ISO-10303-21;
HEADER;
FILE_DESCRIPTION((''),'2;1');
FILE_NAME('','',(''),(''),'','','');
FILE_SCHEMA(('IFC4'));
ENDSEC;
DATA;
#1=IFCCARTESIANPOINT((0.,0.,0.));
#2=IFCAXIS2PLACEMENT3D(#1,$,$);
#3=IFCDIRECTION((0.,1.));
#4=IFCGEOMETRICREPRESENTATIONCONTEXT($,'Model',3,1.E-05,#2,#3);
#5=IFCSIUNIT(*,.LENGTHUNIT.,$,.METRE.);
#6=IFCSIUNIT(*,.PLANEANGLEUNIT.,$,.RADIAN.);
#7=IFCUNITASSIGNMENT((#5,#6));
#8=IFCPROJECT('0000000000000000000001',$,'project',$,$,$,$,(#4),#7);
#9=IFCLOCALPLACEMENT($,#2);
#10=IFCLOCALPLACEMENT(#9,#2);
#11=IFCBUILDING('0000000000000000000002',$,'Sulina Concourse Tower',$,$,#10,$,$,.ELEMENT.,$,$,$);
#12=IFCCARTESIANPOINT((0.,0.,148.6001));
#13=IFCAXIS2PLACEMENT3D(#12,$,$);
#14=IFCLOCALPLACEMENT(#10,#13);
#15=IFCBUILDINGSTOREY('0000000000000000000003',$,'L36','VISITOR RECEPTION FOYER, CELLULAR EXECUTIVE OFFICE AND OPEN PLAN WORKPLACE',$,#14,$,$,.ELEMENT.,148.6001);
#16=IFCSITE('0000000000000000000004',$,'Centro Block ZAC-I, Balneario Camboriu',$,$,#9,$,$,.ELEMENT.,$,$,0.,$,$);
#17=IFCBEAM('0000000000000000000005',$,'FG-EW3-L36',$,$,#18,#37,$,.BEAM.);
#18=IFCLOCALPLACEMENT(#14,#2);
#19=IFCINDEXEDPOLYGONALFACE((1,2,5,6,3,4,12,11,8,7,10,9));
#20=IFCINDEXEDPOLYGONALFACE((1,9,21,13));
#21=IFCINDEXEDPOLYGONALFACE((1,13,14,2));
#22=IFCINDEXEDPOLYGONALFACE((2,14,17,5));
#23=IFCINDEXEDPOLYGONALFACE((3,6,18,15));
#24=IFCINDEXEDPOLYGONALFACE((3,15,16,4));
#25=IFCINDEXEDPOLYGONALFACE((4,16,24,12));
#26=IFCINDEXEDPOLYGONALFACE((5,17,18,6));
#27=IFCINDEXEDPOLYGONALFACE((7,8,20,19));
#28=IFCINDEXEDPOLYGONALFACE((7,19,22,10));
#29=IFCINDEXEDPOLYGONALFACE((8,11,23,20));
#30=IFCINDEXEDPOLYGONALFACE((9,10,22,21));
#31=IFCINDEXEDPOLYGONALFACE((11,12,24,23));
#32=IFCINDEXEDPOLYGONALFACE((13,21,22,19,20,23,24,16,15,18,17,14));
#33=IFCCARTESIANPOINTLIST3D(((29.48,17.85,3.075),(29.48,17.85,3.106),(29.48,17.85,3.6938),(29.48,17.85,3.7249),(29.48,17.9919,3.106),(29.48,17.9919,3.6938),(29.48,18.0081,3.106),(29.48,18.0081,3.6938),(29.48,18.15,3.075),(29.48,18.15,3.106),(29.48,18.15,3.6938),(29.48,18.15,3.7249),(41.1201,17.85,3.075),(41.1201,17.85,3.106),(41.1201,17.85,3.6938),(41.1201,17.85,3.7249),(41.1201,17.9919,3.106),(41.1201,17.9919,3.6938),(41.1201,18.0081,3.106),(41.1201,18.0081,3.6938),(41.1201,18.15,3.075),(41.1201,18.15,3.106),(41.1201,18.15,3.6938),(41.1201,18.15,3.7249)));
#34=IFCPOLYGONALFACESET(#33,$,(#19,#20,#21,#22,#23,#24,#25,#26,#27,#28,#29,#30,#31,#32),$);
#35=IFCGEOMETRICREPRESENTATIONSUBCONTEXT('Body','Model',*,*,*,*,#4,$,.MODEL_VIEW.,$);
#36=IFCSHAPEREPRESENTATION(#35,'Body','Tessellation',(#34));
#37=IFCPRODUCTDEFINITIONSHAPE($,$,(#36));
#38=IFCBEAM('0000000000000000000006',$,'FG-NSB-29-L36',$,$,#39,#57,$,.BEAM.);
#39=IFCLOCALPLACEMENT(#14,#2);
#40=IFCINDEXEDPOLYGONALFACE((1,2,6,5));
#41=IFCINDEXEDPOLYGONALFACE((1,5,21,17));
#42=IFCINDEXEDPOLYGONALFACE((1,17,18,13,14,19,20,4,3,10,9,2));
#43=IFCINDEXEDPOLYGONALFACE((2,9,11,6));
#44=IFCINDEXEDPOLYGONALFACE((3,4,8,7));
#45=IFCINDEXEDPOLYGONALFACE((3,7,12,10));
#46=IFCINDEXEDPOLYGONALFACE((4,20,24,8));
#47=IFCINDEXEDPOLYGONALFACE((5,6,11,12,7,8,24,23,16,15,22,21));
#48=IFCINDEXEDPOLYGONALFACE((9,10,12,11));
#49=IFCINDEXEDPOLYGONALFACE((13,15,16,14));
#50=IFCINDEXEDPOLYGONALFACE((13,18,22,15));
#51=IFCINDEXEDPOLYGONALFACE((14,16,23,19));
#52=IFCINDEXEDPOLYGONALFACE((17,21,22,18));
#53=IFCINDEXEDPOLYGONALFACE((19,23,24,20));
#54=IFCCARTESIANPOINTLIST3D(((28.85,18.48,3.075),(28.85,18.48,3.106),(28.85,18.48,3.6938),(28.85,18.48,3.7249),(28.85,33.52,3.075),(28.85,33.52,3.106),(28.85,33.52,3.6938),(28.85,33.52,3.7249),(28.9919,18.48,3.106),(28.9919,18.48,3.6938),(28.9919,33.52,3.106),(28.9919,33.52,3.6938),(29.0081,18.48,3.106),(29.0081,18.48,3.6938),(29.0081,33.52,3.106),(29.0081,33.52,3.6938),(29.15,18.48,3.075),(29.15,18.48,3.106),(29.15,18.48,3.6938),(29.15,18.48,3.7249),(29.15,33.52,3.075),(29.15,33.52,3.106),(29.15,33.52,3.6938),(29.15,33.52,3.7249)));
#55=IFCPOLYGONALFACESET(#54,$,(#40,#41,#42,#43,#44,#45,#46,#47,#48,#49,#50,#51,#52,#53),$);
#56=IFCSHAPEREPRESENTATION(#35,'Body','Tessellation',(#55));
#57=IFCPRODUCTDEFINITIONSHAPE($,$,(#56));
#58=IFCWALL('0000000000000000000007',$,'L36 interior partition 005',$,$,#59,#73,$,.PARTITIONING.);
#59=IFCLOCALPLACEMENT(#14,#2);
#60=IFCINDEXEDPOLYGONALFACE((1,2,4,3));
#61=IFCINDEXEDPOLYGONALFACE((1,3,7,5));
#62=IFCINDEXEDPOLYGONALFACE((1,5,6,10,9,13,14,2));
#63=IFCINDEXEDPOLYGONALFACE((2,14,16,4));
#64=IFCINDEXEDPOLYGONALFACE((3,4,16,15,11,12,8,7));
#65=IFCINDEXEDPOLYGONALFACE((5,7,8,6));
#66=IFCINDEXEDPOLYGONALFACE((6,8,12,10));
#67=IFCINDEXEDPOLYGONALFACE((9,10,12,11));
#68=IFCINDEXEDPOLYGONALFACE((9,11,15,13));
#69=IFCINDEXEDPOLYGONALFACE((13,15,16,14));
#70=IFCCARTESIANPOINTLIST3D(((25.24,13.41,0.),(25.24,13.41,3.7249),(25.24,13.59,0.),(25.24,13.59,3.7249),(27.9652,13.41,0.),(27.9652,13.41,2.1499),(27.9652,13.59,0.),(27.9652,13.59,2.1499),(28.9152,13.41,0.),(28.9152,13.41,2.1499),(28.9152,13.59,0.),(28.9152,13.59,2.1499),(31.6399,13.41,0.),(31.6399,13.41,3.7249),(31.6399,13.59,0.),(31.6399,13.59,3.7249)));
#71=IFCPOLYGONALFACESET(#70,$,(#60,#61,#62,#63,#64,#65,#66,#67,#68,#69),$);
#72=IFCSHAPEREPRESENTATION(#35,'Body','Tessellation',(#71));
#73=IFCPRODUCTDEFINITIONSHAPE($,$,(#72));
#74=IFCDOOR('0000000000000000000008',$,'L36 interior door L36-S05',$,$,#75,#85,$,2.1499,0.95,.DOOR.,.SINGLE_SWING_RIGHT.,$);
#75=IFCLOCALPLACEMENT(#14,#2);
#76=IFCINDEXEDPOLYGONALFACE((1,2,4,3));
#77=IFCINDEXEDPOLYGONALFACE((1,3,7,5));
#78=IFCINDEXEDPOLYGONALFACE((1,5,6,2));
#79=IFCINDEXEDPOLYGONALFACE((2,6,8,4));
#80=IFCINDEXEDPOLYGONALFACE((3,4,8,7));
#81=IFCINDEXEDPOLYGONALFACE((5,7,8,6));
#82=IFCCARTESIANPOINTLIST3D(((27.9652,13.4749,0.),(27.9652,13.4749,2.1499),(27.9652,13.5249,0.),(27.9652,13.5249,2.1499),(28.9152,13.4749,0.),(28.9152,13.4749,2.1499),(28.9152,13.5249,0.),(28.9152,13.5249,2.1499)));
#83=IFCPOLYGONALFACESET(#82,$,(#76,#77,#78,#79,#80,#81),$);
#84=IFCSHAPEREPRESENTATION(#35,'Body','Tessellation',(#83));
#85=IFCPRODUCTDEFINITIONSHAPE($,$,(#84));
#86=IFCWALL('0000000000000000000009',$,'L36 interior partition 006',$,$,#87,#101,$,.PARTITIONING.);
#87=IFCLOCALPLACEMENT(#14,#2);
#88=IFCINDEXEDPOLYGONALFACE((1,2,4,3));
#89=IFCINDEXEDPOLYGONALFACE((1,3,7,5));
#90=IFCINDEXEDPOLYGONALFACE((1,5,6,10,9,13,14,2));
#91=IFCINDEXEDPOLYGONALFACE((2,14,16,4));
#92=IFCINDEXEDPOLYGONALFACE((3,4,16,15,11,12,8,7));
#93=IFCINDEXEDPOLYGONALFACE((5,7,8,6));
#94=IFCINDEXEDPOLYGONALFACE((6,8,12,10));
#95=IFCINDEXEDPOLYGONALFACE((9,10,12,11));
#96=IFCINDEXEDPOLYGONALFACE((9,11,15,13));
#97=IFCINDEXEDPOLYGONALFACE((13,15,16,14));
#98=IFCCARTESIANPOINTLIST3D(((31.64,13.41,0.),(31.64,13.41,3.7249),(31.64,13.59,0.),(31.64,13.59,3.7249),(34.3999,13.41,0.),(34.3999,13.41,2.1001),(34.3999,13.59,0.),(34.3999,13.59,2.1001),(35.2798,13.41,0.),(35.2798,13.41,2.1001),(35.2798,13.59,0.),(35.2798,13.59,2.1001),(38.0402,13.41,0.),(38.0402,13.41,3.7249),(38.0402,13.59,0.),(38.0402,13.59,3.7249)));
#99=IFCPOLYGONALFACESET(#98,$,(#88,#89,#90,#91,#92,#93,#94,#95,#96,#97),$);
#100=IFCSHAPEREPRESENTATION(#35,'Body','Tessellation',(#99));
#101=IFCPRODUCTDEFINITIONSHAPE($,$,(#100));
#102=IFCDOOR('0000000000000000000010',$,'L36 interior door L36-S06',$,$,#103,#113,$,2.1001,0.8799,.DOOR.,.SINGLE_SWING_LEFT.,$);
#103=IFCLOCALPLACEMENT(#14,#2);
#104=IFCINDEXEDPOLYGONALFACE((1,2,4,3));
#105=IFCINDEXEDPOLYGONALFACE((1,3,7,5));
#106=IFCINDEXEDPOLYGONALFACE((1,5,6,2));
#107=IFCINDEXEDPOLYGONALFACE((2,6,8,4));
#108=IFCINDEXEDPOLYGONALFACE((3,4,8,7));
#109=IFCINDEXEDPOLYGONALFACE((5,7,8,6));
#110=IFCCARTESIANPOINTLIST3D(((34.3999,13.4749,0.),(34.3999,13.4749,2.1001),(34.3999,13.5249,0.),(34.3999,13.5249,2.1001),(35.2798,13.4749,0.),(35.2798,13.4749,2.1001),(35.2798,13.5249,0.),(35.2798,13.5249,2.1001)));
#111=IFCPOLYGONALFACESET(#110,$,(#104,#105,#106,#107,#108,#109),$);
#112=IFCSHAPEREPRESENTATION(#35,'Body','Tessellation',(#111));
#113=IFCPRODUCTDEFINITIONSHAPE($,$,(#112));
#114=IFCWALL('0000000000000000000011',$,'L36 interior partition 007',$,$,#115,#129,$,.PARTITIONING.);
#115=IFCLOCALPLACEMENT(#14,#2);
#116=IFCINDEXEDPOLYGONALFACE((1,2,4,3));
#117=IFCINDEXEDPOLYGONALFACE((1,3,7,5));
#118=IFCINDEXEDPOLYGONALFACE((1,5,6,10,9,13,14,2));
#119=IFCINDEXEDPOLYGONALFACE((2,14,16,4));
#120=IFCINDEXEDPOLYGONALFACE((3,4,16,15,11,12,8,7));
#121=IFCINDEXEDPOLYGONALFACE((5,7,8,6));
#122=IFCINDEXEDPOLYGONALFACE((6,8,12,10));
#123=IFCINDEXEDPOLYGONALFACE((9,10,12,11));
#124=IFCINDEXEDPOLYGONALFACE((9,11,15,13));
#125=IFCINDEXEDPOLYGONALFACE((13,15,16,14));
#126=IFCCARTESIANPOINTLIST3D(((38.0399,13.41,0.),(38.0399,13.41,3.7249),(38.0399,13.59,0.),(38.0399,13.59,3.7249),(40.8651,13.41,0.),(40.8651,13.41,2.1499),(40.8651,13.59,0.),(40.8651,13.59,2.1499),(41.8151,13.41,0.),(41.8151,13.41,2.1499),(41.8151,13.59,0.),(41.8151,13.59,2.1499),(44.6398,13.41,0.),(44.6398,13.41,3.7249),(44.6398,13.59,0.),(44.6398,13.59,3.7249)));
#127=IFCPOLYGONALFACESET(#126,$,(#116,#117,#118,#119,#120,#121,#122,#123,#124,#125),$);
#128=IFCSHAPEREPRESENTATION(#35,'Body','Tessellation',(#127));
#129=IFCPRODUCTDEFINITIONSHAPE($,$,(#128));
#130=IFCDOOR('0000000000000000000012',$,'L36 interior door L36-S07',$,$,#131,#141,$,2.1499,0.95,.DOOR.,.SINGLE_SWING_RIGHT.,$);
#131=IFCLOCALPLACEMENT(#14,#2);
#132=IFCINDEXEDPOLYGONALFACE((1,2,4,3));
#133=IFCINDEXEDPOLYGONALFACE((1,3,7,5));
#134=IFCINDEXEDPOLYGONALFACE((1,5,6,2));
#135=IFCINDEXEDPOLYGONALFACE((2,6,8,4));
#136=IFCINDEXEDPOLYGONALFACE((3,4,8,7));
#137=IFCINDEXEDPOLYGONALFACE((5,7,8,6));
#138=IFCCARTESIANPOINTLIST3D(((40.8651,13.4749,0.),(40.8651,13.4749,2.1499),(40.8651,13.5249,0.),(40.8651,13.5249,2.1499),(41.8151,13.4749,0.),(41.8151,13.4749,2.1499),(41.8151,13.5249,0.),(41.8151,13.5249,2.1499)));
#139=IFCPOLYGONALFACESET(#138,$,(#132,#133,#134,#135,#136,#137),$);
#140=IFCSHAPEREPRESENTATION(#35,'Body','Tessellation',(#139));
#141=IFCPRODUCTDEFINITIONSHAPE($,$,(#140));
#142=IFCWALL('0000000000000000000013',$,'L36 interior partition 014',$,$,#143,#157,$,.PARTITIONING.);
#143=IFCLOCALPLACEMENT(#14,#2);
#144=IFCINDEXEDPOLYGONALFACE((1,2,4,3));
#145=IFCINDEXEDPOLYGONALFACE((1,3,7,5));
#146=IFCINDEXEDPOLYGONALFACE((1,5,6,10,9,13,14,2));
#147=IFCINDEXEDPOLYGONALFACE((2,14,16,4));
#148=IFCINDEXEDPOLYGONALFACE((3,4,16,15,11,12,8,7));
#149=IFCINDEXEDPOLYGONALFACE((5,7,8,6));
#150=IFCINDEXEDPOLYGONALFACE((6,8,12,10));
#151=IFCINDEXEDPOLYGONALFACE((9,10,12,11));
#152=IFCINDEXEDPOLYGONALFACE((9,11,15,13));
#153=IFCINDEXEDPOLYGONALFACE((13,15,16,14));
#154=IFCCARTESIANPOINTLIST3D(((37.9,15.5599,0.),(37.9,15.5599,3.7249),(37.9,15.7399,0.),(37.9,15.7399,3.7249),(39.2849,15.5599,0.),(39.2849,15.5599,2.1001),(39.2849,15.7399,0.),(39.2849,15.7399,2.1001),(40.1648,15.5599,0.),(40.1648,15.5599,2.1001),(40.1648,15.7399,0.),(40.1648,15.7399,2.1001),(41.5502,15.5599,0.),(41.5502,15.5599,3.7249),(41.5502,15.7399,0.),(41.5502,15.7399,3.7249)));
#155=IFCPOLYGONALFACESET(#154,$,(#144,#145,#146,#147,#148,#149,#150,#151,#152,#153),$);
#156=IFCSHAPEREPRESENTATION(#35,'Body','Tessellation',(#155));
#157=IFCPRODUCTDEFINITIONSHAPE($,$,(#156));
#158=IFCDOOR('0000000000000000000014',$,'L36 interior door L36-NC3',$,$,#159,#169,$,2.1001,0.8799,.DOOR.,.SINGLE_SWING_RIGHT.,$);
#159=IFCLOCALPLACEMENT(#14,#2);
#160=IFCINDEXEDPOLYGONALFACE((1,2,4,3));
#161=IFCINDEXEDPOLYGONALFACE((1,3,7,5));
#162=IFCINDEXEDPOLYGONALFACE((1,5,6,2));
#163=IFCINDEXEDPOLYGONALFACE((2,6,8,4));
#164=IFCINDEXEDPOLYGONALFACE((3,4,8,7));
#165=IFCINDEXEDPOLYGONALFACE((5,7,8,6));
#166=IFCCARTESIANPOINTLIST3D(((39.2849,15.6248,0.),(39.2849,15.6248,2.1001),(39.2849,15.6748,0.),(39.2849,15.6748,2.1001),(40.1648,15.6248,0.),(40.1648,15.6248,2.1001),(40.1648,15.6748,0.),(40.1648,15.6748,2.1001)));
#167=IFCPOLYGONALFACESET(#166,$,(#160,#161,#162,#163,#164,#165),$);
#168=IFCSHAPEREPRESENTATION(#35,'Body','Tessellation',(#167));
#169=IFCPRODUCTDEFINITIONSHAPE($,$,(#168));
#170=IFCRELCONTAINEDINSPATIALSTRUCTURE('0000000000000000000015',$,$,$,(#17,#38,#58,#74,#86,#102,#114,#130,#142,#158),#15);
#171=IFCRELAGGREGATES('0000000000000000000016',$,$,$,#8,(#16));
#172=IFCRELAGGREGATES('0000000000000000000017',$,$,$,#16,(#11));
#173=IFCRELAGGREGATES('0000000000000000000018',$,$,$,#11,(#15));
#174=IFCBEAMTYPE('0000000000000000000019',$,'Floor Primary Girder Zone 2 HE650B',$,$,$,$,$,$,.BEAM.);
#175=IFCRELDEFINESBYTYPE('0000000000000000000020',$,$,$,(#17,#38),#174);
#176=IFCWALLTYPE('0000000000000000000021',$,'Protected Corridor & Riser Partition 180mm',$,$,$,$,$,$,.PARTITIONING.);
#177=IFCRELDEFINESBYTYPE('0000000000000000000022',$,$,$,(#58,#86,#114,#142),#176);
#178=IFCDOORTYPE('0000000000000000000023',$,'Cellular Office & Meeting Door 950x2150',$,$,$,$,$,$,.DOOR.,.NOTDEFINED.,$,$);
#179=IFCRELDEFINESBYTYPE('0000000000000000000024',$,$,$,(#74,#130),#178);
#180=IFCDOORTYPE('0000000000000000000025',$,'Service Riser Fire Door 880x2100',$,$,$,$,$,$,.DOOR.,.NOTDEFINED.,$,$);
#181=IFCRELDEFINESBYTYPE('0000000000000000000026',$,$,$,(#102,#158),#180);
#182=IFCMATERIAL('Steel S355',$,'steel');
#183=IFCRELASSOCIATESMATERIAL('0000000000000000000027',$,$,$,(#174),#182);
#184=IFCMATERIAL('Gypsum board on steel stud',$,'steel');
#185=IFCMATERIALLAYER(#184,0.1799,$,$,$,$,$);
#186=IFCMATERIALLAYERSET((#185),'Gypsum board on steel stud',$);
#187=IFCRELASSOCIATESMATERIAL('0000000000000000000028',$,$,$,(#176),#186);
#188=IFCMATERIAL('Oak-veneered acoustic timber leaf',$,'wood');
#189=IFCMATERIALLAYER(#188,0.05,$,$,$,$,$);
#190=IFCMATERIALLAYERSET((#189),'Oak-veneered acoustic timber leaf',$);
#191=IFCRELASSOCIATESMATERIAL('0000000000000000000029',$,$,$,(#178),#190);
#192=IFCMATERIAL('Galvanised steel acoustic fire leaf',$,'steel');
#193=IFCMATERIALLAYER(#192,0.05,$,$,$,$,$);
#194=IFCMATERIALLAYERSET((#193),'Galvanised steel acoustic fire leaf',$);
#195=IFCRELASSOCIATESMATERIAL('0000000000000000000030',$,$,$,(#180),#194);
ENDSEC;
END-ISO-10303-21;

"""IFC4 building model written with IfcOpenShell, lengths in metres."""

from ifc_helpers import new_model, si_unit, direction, frame, frame_2d, origin, origin_2d, place, context, subcontext, project, spatial, rectangle, i_section, extrude, material, layer, layer_set, material_profile, profile_set, type_object, element, fill, save


model = new_model("IFC4")

# Units and contexts
model_context = context("Model", 3, precision=1e-05, world=origin(), true_north=direction((0.0, 1.0)))
body_context = subcontext(model_context, "Body", "Model", "MODEL_VIEW")
ifc_project = project(units=[si_unit("LENGTHUNIT", "METRE"), si_unit("PLANEANGLEUNIT", "RADIAN")], contexts=[model_context])

# Site, building, storey
site_placement = place(None, origin())
site = spatial("IfcSite", under=ifc_project, at=site_placement, Name="Centro Block ZAC-I, Balneario Camboriu", CompositionType="ELEMENT", RefElevation=0.0)
building_placement = place(site_placement, origin())
building = spatial("IfcBuilding", under=site, at=building_placement, Name="Sulina Concourse Tower", CompositionType="ELEMENT")
storey_placement = place(building_placement, frame((0.0, 0.0, 148.6001)))
storey = spatial("IfcBuildingStorey", under=building, at=storey_placement, Name="L36", Description="VISITOR RECEPTION FOYER, CELLULAR EXECUTIVE OFFICE AND OPEN PLAN WORKPLACE", CompositionType="ELEMENT", Elevation=148.6001)

# Beams
ifc_material_1 = material(Name="Steel S355", Category="steel")
ifc_material_profile_1 = material_profile(ifc_material_1, i_section(OverallWidth=0.3, OverallDepth=0.6499, WebThickness=0.0161, FlangeThickness=0.031, at=origin_2d()), Name="HE 650 B")
ifc_profile_set_1 = profile_set([ifc_material_profile_1], Name="Steel S355")
beam_type_1 = type_object("IfcBeamType", Name="Floor Primary Girder Zone 2 HE650B", PredefinedType="BEAM", material=ifc_profile_set_1)
beam_1_placement = place(storey_placement, frame((29.48, 18.0, 3.3999), z_axis=(1.0, 0.0, 0.0), x_axis=(0.0, 1.0, 0.0)))
element("IfcBeam", 1, at=beam_1_placement, inside=storey, type_object=beam_type_1, Name="FG-EW3-L36", PredefinedType="BEAM", context=body_context, shape_type="SweptSolid", body=[
    extrude(i_section(OverallWidth=0.3, OverallDepth=0.6499, WebThickness=0.0161, FlangeThickness=0.031, at=origin_2d()), origin(), (0.0, 0.0, 1.0), 11.6401),
])
beam_2_placement = place(storey_placement, frame((29.0, 18.48, 3.3999), z_axis=(0.0, 1.0, 0.0), x_axis=(-1.0, 0.0, 0.0)))
element("IfcBeam", 2, at=beam_2_placement, inside=storey, type_object=beam_type_1, Name="FG-NSB-29-L36", PredefinedType="BEAM", context=body_context, shape_type="SweptSolid", body=[
    extrude(i_section(OverallWidth=0.3, OverallDepth=0.6499, WebThickness=0.0161, FlangeThickness=0.031, at=origin_2d()), origin(), (0.0, 0.0, 1.0), 15.04),
])

# Walls, openings, doors
ifc_material_2 = material(Name="Gypsum board on steel stud", Category="steel")
ifc_layer_1 = layer(ifc_material_2, 0.1799)
ifc_layer_set_1 = layer_set([ifc_layer_1], Name="Gypsum board on steel stud")
wall_type = type_object("IfcWallType", Name="Protected Corridor & Riser Partition 180mm", PredefinedType="PARTITIONING", material=ifc_layer_set_1)
wall_1_placement = place(storey_placement, frame((25.24, 13.5, 0.0), z_axis=(0.0, 0.0, 1.0), x_axis=(1.0, 0.0, 0.0)))
wall_1 = element("IfcWall", 3, at=wall_1_placement, inside=storey, type_object=wall_type, Name="L36 interior partition 005", PredefinedType="PARTITIONING", context=body_context, shape_type="SweptSolid", body=[
    extrude(rectangle(XDim=6.3999, YDim=0.1799, at=frame_2d((3.2, 0.0))), origin(), (0.0, 0.0, 1.0), 3.7249),
])
opening_1_placement = place(wall_1_placement, frame((2.7251, 0.0, 0.0)))
opening_1 = element("IfcOpeningElement", 4, at=opening_1_placement, cuts=wall_1, PredefinedType="OPENING", context=body_context, shape_type="SweptSolid", body=[
    extrude(rectangle(XDim=0.95, YDim=2.1499, at=frame_2d((0.4751, 1.075))), frame((0.0, 0.0999, 0.0), z_axis=(0.0, -1.0, 0.0), x_axis=(1.0, 0.0, 0.0)), (0.0, 0.0, 1.0), 0.2),
])
ifc_material_3 = material(Name="Oak-veneered acoustic timber leaf", Category="wood")
ifc_layer_2 = layer(ifc_material_3, 0.05)
ifc_layer_set_2 = layer_set([ifc_layer_2], Name="Oak-veneered acoustic timber leaf")
door_type_1 = type_object("IfcDoorType", Name="Cellular Office & Meeting Door 950x2150", OperationType="NOTDEFINED", PredefinedType="DOOR", material=ifc_layer_set_2)
door_1_placement = place(opening_1_placement, origin())
door_1 = element("IfcDoor", 5, at=door_1_placement, inside=storey, type_object=door_type_1, Name="L36 interior door L36-S05", OperationType="SINGLE_SWING_RIGHT", OverallHeight=2.1499, OverallWidth=0.95, PredefinedType="DOOR", context=body_context, shape_type="SweptSolid", body=[
    extrude(rectangle(XDim=0.95, YDim=2.1499, at=frame_2d((0.4751, 1.075))), frame((0.0, 0.0249, 0.0), z_axis=(0.0, -1.0, 0.0), x_axis=(1.0, 0.0, 0.0)), (0.0, 0.0, 1.0), 0.05),
])
fill(opening_1, door_1)
wall_2_placement = place(storey_placement, frame((31.6399, 13.5, 0.0), z_axis=(0.0, 0.0, 1.0), x_axis=(1.0, 0.0, 0.0)))
wall_2 = element("IfcWall", 6, at=wall_2_placement, inside=storey, type_object=wall_type, Name="L36 interior partition 006", PredefinedType="PARTITIONING", context=body_context, shape_type="SweptSolid", body=[
    extrude(rectangle(XDim=6.4001, YDim=0.1799, at=frame_2d((3.2002, 0.0))), origin(), (0.0, 0.0, 1.0), 3.7249),
])
opening_2_placement = place(wall_2_placement, frame((2.76, 0.0, 0.0)))
opening_2 = element("IfcOpeningElement", 7, at=opening_2_placement, cuts=wall_2, PredefinedType="OPENING", context=body_context, shape_type="SweptSolid", body=[
    extrude(rectangle(XDim=0.8799, YDim=2.1001, at=frame_2d((0.4399, 1.05))), frame((0.0, 0.0999, 0.0), z_axis=(0.0, -1.0, 0.0), x_axis=(1.0, 0.0, 0.0)), (0.0, 0.0, 1.0), 0.2),
])
ifc_material_4 = material(Name="Galvanised steel acoustic fire leaf", Category="steel")
ifc_layer_3 = layer(ifc_material_4, 0.05)
ifc_layer_set_3 = layer_set([ifc_layer_3], Name="Galvanised steel acoustic fire leaf")
door_type_2 = type_object("IfcDoorType", Name="Service Riser Fire Door 880x2100", OperationType="NOTDEFINED", PredefinedType="DOOR", material=ifc_layer_set_3)
door_2_placement = place(opening_2_placement, origin())
door_2 = element("IfcDoor", 8, at=door_2_placement, inside=storey, type_object=door_type_2, Name="L36 interior door L36-S06", OperationType="SINGLE_SWING_LEFT", OverallHeight=2.1001, OverallWidth=0.8799, PredefinedType="DOOR", context=body_context, shape_type="SweptSolid", body=[
    extrude(rectangle(XDim=0.8799, YDim=2.1001, at=frame_2d((0.4399, 1.05))), frame((0.0, 0.0249, 0.0), z_axis=(0.0, -1.0, 0.0), x_axis=(1.0, 0.0, 0.0)), (0.0, 0.0, 1.0), 0.05),
])
fill(opening_2, door_2)
wall_3_placement = place(storey_placement, frame((38.04, 13.5, 0.0), z_axis=(0.0, 0.0, 1.0), x_axis=(1.0, 0.0, 0.0)))
wall_3 = element("IfcWall", 9, at=wall_3_placement, inside=storey, type_object=wall_type, Name="L36 interior partition 007", PredefinedType="PARTITIONING", context=body_context, shape_type="SweptSolid", body=[
    extrude(rectangle(XDim=6.5999, YDim=0.1799, at=frame_2d((3.2998, 0.0))), origin(), (0.0, 0.0, 1.0), 3.7249),
])
opening_3_placement = place(wall_3_placement, frame((2.825, 0.0, 0.0)))
opening_3 = element("IfcOpeningElement", 10, at=opening_3_placement, cuts=wall_3, PredefinedType="OPENING", context=body_context, shape_type="SweptSolid", body=[
    extrude(rectangle(XDim=0.95, YDim=2.1499, at=frame_2d((0.4751, 1.075))), frame((0.0, 0.0999, 0.0), z_axis=(0.0, -1.0, 0.0), x_axis=(1.0, 0.0, 0.0)), (0.0, 0.0, 1.0), 0.2),
])
door_3_placement = place(opening_3_placement, origin())
door_3 = element("IfcDoor", 11, at=door_3_placement, inside=storey, type_object=door_type_1, Name="L36 interior door L36-S07", OperationType="SINGLE_SWING_RIGHT", OverallHeight=2.1499, OverallWidth=0.95, PredefinedType="DOOR", context=body_context, shape_type="SweptSolid", body=[
    extrude(rectangle(XDim=0.95, YDim=2.1499, at=frame_2d((0.4751, 1.075))), frame((0.0, 0.0249, 0.0), z_axis=(0.0, -1.0, 0.0), x_axis=(1.0, 0.0, 0.0)), (0.0, 0.0, 1.0), 0.05),
])
fill(opening_3, door_3)
wall_4_placement = place(storey_placement, frame((37.8999, 15.6499, 0.0), z_axis=(0.0, 0.0, 1.0), x_axis=(1.0, 0.0, 0.0)))
wall_4 = element("IfcWall", 12, at=wall_4_placement, inside=storey, type_object=wall_type, Name="L36 interior partition 014", PredefinedType="PARTITIONING", context=body_context, shape_type="SweptSolid", body=[
    extrude(rectangle(XDim=3.6501, YDim=0.1799, at=frame_2d((1.8252, 0.0))), origin(), (0.0, 0.0, 1.0), 3.7249),
])
opening_4_placement = place(wall_4_placement, frame((1.385, 0.0, 0.0)))
opening_4 = element("IfcOpeningElement", 13, at=opening_4_placement, cuts=wall_4, PredefinedType="OPENING", context=body_context, shape_type="SweptSolid", body=[
    extrude(rectangle(XDim=0.8799, YDim=2.1001, at=frame_2d((0.4399, 1.05))), frame((0.0, 0.0999, 0.0), z_axis=(0.0, -1.0, 0.0), x_axis=(1.0, 0.0, 0.0)), (0.0, 0.0, 1.0), 0.2),
])
door_4_placement = place(opening_4_placement, origin())
door_4 = element("IfcDoor", 14, at=door_4_placement, inside=storey, type_object=door_type_2, Name="L36 interior door L36-NC3", OperationType="SINGLE_SWING_RIGHT", OverallHeight=2.1001, OverallWidth=0.8799, PredefinedType="DOOR", context=body_context, shape_type="SweptSolid", body=[
    extrude(rectangle(XDim=0.8799, YDim=2.1001, at=frame_2d((0.4399, 1.05))), frame((0.0, 0.0249, 0.0), z_axis=(0.0, -1.0, 0.0), x_axis=(1.0, 0.0, 0.0)), (0.0, 0.0, 1.0), 0.05),
])
fill(opening_4, door_4)

save(model, "model.ifc")
